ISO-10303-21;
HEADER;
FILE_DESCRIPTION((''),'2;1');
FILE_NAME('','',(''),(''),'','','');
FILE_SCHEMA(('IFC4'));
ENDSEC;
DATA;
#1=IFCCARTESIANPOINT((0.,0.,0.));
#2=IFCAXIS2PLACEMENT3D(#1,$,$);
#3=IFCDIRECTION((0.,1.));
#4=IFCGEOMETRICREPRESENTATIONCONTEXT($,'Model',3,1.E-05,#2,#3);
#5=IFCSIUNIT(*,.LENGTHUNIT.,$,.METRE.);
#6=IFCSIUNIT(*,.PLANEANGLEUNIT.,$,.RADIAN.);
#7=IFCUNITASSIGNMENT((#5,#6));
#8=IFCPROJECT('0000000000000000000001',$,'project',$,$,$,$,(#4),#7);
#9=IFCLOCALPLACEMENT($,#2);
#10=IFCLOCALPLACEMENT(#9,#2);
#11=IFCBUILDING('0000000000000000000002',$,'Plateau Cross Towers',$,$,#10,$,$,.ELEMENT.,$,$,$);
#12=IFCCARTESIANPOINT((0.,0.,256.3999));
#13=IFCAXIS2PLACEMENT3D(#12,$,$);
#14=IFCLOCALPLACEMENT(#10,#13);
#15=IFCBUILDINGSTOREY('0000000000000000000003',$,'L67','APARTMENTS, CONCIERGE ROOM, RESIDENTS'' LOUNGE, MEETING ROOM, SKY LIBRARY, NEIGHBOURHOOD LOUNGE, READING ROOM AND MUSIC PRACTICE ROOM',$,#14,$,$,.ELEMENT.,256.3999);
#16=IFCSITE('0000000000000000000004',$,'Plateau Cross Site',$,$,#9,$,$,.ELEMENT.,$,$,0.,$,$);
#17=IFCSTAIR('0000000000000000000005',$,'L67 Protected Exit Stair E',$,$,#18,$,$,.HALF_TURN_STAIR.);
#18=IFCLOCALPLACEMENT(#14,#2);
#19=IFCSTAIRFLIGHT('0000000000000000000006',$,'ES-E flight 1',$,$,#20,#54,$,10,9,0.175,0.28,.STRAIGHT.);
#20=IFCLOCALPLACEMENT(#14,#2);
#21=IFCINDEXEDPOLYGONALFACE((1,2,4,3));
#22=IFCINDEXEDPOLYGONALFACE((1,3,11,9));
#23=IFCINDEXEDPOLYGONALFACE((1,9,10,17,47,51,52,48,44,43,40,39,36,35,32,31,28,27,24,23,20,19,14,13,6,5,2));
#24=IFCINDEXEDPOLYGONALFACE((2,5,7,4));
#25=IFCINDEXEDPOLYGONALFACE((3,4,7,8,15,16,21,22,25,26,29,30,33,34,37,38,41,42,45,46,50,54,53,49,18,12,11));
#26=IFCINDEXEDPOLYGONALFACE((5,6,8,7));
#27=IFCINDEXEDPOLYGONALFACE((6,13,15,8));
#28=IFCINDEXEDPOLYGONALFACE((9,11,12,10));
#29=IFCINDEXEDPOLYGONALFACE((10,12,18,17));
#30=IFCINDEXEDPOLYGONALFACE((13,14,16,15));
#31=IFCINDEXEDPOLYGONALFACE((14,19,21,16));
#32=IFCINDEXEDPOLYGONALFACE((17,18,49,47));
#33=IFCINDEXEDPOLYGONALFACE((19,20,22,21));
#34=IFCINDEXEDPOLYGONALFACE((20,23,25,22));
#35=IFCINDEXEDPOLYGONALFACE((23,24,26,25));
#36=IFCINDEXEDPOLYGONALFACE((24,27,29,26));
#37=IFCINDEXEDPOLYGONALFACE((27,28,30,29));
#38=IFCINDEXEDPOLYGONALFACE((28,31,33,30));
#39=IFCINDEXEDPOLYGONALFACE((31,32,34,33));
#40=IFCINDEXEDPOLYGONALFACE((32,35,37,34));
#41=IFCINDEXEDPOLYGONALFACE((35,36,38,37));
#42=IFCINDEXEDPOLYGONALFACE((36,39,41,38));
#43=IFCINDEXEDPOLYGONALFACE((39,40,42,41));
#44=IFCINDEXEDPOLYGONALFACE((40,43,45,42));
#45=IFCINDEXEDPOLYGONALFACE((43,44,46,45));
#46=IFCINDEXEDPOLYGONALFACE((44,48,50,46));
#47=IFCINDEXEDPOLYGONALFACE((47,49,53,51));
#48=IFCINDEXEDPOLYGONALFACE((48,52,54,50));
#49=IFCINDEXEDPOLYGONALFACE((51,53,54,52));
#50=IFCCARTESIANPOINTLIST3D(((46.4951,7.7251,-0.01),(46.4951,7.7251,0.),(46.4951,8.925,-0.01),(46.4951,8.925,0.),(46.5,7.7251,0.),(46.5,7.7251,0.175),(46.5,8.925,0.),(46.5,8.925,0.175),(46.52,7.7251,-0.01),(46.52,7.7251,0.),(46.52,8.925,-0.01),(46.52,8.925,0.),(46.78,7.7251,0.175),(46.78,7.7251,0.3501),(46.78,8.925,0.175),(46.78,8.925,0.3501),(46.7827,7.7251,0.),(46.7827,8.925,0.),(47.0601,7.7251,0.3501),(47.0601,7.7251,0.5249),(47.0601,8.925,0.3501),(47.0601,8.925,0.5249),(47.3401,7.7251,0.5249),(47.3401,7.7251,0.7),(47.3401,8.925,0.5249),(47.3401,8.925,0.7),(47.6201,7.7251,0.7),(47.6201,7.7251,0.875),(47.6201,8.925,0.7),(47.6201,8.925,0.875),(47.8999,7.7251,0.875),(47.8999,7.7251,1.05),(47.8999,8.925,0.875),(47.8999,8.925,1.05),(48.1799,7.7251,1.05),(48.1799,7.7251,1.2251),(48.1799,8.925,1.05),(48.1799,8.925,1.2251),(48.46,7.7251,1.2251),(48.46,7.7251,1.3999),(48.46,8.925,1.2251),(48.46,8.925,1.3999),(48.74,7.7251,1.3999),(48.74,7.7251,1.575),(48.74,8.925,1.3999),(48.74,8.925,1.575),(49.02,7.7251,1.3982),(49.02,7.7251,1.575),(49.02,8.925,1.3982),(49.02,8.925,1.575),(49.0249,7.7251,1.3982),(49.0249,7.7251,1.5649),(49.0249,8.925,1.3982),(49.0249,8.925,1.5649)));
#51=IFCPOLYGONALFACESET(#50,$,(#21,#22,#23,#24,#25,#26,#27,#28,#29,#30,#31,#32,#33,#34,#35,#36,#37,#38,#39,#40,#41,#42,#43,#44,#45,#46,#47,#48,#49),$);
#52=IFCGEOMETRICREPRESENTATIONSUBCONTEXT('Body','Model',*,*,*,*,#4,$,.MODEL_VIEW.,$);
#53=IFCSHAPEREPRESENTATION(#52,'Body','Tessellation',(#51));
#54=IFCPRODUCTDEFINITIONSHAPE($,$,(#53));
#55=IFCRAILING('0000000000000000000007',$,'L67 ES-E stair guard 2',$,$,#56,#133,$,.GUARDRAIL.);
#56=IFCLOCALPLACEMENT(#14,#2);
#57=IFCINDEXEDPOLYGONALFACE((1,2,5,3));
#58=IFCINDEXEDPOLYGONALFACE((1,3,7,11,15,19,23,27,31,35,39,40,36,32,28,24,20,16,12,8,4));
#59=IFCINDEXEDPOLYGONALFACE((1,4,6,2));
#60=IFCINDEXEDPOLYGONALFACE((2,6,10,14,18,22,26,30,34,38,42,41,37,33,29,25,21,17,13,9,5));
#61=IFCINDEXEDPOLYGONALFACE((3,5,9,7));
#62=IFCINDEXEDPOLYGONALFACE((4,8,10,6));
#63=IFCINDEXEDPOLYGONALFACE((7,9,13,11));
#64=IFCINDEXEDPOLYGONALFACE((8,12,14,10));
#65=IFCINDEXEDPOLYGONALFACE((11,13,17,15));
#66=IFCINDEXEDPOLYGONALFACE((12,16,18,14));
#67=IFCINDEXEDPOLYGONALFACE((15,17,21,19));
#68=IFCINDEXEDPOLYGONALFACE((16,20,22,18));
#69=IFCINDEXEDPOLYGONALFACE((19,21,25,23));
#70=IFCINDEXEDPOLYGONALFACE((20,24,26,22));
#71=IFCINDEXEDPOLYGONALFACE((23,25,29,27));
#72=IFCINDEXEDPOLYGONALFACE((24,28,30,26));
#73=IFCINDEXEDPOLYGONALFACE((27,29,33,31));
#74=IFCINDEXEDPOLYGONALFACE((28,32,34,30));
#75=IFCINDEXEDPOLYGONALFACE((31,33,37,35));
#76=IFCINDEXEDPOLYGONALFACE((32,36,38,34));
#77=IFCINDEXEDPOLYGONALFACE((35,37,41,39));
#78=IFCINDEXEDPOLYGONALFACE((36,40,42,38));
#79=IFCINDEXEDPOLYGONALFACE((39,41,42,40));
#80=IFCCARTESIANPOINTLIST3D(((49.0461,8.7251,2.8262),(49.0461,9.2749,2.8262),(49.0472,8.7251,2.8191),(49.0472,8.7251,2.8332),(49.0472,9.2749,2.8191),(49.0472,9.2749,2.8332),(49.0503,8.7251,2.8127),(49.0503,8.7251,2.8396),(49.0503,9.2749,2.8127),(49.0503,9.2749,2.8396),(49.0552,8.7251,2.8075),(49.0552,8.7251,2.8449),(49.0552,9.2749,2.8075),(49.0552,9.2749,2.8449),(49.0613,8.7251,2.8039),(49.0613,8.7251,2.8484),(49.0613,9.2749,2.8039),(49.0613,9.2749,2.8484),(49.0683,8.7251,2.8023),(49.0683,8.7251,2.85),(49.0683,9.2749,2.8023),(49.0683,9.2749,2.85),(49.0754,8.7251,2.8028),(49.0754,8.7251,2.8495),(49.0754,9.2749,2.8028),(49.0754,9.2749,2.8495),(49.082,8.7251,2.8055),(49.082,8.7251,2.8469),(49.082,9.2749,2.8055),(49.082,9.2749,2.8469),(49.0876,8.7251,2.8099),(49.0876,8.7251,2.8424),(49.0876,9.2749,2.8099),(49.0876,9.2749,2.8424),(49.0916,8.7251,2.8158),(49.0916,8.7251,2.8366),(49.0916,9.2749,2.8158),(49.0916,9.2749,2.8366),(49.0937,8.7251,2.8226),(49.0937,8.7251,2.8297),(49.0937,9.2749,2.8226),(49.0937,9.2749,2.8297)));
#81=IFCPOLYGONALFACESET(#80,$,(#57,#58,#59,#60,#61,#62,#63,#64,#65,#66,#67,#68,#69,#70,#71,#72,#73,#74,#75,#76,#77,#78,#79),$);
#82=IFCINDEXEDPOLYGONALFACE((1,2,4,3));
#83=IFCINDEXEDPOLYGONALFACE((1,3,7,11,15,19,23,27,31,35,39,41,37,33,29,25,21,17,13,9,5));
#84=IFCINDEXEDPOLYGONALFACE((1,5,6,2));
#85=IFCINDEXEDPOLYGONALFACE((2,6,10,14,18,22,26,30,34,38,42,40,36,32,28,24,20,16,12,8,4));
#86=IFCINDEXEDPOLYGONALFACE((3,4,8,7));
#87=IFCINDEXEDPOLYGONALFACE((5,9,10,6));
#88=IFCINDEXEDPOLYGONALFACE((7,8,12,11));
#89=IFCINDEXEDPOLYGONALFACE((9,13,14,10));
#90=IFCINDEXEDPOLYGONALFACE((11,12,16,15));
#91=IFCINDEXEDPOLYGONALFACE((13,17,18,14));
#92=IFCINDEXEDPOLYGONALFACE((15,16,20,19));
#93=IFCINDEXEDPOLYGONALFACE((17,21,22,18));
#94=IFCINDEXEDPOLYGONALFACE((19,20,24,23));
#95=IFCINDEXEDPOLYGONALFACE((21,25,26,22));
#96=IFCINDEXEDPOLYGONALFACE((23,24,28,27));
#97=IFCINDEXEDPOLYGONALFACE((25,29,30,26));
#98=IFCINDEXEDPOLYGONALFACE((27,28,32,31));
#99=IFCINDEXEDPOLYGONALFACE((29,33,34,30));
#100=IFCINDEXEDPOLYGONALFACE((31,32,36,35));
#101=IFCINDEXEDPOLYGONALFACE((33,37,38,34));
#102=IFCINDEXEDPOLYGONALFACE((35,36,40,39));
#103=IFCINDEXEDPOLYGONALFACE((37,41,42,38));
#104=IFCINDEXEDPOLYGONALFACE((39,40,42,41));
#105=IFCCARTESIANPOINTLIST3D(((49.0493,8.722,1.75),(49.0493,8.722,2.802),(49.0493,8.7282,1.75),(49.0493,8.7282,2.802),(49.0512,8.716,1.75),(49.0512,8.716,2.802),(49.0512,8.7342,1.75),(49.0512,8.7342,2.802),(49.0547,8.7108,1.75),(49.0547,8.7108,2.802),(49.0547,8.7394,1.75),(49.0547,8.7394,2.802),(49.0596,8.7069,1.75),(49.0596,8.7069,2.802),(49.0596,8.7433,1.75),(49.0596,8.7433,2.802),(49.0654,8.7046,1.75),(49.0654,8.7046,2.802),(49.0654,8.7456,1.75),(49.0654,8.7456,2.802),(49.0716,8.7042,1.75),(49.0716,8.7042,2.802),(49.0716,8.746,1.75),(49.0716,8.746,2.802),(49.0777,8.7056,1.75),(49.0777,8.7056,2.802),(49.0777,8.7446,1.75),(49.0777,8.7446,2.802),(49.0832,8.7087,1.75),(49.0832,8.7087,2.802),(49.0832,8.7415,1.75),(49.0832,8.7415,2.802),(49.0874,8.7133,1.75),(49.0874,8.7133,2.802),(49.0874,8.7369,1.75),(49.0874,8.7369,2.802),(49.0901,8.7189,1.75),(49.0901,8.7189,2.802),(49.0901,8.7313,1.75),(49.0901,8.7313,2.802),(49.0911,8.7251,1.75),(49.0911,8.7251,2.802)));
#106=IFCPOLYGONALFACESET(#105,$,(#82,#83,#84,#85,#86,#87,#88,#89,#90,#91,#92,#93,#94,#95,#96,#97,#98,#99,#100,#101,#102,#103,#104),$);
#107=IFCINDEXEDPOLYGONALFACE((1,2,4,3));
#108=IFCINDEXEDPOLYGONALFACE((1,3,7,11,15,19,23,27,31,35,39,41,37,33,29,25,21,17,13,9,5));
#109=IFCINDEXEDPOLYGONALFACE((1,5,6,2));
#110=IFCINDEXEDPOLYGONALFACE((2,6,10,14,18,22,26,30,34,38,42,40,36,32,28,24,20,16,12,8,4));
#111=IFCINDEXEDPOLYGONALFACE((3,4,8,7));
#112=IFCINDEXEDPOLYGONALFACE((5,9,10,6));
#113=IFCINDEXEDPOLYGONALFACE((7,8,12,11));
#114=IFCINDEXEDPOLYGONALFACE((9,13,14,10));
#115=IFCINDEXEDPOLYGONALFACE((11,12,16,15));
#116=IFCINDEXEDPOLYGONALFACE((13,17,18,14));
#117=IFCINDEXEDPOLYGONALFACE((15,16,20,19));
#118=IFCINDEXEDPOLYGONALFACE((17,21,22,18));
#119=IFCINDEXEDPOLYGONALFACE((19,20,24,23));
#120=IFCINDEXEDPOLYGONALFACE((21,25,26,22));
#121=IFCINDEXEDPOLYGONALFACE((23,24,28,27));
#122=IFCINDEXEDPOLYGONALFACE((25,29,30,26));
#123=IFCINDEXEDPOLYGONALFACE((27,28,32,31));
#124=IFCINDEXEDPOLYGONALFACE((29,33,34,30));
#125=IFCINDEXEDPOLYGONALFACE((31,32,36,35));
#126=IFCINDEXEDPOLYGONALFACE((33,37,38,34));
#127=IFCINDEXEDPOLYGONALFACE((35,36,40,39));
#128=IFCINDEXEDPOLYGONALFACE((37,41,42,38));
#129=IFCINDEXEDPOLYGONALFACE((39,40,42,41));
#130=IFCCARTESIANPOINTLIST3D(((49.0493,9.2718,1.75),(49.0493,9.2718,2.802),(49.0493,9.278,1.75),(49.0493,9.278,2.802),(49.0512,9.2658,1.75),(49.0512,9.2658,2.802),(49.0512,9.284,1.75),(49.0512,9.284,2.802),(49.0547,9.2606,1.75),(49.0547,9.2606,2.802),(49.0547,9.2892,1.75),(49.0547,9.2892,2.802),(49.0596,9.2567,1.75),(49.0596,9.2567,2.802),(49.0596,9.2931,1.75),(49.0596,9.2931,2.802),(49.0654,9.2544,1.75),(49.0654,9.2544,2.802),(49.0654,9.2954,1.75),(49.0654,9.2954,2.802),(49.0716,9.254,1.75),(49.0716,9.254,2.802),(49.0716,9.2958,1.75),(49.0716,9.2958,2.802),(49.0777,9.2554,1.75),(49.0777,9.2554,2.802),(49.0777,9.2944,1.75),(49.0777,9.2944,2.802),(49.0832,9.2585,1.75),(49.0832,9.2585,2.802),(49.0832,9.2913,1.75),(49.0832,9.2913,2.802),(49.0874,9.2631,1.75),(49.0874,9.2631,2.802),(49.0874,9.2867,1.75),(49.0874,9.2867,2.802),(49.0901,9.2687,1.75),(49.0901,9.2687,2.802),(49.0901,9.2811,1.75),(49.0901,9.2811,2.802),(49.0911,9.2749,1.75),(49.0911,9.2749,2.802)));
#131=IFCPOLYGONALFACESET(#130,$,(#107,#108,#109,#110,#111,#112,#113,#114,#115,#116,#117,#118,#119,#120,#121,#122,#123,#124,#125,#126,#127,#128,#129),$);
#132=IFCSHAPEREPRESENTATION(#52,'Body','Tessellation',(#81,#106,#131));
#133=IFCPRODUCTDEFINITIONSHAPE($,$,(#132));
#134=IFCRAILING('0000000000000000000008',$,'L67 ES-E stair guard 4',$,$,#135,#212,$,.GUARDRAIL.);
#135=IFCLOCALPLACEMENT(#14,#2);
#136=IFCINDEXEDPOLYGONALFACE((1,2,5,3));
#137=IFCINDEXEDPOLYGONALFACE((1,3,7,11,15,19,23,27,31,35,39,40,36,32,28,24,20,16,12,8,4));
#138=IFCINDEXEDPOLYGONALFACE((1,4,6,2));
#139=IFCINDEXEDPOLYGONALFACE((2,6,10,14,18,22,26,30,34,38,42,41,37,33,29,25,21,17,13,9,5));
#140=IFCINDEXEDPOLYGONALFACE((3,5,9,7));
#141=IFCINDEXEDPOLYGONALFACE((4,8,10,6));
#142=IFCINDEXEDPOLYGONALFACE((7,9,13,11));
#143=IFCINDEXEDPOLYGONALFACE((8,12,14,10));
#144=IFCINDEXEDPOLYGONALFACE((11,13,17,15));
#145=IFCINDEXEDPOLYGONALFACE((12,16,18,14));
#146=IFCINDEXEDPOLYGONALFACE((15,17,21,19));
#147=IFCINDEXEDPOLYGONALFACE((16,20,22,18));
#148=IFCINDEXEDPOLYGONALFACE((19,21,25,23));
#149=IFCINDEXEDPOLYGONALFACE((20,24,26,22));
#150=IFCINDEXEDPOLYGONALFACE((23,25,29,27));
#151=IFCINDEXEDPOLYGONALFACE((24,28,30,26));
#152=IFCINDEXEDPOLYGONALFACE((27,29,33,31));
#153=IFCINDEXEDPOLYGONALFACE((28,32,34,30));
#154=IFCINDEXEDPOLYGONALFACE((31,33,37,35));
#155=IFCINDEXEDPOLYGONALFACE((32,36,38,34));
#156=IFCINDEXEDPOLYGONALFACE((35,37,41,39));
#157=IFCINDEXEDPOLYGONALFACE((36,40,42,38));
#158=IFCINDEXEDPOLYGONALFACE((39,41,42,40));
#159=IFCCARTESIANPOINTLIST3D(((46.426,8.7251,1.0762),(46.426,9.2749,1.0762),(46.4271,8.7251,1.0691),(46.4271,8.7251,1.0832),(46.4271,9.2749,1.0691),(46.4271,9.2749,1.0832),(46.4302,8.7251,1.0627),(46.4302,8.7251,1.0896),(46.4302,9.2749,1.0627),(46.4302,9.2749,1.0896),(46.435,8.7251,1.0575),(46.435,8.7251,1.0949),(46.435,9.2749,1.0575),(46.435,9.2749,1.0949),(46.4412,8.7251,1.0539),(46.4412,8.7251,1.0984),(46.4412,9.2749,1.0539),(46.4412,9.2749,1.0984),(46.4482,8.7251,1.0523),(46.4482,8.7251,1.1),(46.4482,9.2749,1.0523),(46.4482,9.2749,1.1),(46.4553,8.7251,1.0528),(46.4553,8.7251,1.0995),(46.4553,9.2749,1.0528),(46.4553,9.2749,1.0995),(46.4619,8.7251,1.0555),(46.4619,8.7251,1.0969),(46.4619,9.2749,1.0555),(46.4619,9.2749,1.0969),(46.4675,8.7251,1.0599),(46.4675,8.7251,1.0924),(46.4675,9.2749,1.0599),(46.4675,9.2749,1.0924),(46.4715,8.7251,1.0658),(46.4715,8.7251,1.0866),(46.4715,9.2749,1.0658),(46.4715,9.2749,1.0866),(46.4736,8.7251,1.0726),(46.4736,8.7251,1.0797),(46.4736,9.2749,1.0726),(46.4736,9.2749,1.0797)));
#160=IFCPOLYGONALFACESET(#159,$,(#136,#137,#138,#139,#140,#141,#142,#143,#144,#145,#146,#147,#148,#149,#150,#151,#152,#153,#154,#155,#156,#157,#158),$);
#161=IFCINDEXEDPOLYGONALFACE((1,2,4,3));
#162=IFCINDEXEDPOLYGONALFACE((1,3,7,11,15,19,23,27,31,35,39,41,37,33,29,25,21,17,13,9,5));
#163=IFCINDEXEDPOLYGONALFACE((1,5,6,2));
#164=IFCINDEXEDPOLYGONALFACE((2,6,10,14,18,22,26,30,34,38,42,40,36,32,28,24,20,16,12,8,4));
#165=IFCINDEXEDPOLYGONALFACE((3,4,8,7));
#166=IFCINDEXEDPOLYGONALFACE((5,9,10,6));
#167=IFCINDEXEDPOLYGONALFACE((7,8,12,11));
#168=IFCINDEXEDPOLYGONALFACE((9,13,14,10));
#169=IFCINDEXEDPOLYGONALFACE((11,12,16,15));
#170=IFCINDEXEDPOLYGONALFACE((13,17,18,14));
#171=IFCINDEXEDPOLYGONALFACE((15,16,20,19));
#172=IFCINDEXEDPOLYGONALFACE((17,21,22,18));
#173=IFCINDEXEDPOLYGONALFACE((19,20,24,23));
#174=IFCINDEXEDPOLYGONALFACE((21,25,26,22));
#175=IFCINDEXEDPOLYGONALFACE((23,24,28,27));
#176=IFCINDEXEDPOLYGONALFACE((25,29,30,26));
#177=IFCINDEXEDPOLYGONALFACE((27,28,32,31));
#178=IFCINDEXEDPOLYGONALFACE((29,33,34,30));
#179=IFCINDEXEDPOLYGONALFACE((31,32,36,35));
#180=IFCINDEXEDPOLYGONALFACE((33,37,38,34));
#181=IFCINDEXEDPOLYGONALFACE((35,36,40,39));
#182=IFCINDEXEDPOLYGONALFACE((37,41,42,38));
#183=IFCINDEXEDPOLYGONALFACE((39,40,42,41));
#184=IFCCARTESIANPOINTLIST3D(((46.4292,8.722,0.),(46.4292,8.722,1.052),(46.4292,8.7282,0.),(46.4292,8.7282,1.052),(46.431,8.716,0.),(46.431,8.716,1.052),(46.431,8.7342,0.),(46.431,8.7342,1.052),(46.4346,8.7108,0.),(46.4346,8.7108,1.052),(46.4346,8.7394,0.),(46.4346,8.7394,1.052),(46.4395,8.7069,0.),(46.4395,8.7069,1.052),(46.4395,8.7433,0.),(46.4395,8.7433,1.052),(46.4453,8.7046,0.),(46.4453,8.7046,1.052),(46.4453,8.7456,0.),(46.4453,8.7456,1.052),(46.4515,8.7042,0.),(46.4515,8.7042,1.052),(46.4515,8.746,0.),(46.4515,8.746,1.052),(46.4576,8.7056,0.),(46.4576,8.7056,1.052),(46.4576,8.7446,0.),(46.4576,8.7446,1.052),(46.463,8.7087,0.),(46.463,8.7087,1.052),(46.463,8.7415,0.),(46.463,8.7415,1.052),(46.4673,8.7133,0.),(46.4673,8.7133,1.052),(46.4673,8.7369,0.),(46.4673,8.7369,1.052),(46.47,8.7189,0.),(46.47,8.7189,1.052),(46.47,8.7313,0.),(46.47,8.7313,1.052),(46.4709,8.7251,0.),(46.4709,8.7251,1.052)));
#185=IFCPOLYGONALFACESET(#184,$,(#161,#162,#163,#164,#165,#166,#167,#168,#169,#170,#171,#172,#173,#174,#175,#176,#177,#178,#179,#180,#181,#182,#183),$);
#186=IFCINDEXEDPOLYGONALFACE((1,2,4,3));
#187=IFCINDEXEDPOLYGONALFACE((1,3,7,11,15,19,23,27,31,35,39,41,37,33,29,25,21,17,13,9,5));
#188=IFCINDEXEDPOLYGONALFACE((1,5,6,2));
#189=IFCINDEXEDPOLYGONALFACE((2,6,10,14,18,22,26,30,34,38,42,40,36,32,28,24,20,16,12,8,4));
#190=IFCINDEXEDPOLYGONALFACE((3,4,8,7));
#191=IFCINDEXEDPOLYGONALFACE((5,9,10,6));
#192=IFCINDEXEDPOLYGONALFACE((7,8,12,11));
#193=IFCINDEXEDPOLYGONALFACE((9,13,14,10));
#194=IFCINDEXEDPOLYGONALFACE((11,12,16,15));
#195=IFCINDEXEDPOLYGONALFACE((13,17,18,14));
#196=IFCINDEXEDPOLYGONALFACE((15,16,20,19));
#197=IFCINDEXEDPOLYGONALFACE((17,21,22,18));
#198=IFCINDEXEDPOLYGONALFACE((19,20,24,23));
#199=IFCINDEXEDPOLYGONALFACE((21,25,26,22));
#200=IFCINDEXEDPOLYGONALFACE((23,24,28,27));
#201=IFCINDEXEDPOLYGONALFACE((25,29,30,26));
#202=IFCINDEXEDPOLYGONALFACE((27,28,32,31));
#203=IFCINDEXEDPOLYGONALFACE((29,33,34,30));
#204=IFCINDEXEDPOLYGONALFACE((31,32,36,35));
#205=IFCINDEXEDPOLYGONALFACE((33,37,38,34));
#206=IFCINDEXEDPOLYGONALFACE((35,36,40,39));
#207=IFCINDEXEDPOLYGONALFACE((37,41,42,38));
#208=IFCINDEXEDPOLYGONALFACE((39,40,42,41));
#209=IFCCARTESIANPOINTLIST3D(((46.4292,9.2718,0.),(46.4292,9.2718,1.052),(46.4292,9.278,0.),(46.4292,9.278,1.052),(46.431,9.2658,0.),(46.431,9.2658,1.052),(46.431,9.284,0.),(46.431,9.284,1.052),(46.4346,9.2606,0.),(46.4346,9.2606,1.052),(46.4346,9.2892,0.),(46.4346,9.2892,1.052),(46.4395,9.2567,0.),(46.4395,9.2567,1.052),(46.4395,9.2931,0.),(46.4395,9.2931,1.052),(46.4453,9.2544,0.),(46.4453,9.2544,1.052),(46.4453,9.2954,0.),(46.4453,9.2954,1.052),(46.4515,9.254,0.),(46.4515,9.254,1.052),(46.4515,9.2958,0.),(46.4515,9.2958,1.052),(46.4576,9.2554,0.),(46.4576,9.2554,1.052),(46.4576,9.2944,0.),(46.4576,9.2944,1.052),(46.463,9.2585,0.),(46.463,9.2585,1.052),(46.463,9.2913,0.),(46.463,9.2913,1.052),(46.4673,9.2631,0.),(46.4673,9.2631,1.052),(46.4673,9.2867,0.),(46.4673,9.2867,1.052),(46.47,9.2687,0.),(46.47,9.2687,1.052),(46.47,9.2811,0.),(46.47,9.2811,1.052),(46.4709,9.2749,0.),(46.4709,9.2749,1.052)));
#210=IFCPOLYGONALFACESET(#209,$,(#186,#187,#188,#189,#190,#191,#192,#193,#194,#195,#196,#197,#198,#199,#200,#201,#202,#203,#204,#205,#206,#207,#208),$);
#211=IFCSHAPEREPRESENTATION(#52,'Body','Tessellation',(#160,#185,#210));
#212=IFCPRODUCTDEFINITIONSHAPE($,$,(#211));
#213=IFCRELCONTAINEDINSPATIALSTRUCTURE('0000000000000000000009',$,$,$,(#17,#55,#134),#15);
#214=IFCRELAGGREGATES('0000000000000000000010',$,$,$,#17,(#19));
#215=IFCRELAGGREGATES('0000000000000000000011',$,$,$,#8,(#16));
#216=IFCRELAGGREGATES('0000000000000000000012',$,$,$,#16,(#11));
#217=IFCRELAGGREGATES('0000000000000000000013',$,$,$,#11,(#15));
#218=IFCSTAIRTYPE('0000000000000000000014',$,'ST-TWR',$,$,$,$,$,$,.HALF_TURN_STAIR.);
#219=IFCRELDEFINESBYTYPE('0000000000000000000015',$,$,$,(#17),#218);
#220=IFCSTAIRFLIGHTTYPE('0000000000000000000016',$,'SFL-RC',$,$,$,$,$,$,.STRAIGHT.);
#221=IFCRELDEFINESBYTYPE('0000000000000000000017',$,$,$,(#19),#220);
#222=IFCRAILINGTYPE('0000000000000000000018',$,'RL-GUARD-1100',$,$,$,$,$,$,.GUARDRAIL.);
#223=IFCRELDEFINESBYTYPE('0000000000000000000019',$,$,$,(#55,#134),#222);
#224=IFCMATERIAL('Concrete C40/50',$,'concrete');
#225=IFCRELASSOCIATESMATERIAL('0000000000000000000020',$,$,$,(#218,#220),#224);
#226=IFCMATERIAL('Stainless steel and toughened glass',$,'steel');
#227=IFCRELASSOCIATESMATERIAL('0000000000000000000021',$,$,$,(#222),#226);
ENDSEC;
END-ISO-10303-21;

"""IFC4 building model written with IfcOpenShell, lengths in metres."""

from ifc_helpers import new_model, si_unit, direction, frame, origin, origin_2d, place, context, subcontext, project, spatial, polyline, circle, outline, extrude, material, type_object, element, aggregate, save


model = new_model("IFC4")

# Units and contexts
model_context = context("Model", 3, precision=1e-05, world=origin(), true_north=direction((0.0, 1.0)))
body_context = subcontext(model_context, "Body", "Model", "MODEL_VIEW")
ifc_project = project(units=[si_unit("LENGTHUNIT", "METRE"), si_unit("PLANEANGLEUNIT", "RADIAN")], contexts=[model_context])

# Site, building, storey
site_placement = place(None, origin())
site = spatial("IfcSite", under=ifc_project, at=site_placement, Name="Plateau Cross Site", CompositionType="ELEMENT", RefElevation=0.0)
building_placement = place(site_placement, origin())
building = spatial("IfcBuilding", under=site, at=building_placement, Name="Plateau Cross Towers", CompositionType="ELEMENT")
storey_placement = place(building_placement, frame((0.0, 0.0, 256.3999)))
storey = spatial("IfcBuildingStorey", under=building, at=storey_placement, Name="L67", Description="APARTMENTS, CONCIERGE ROOM, RESIDENTS' LOUNGE, MEETING ROOM, SKY LIBRARY, NEIGHBOURHOOD LOUNGE, READING ROOM AND MUSIC PRACTICE ROOM", CompositionType="ELEMENT", Elevation=256.3999)

# Stair, stair flight
ifc_material_1 = material(Name="Concrete C40/50", Category="concrete")
stair_type = type_object("IfcStairType", Name="ST-TWR", PredefinedType="HALF_TURN_STAIR", material=ifc_material_1)
stair_placement = place(storey_placement, origin())
stair = element("IfcStair", 1, at=stair_placement, inside=storey, type_object=stair_type, Name="L67 Protected Exit Stair E", PredefinedType="HALF_TURN_STAIR")
stair_flight_type = type_object("IfcStairFlightType", Name="SFL-RC", PredefinedType="STRAIGHT", material=ifc_material_1)
stair_flight_placement = place(storey_placement, frame((46.5, 8.325, 0.0), z_axis=(0.0, 0.0, 1.0), x_axis=(1.0, 0.0, 0.0)))
stair_flight = element("IfcStairFlight", 2, at=stair_flight_placement, type_object=stair_flight_type, Name="ES-E flight 1", NumberOfRisers=10, NumberOfTreads=9, PredefinedType="STRAIGHT", RiserHeight=0.175, TreadLength=0.28, context=body_context, shape_type="SweptSolid", body=[
    extrude(outline(polyline([(-0.0049, -0.01), (-0.0049, 0.0), (0.0, 0.0), (0.0, 0.175), (0.28, 0.175), (0.28, 0.3501), (0.5601, 0.3501), (0.5601, 0.5249), (0.8401, 0.5249), (0.8401, 0.7), (1.1201, 0.7), (1.1201, 0.875), (1.3999, 0.875), (1.3999, 1.05), (1.6799, 1.05), (1.6799, 1.2251), (1.96, 1.2251), (1.96, 1.3999), (2.24, 1.3999), (2.24, 1.575), (2.52, 1.575), (2.5249, 1.5649), (2.5249, 1.3982), (2.52, 1.3982), (0.2827, 0.0), (0.02, 0.0), (0.02, -0.01), (-0.0049, -0.01)])), frame((0.0, 0.6001, 0.0), z_axis=(0.0, -1.0, 0.0), x_axis=(1.0, 0.0, 0.0)), (0.0, 0.0, 1.0), 1.2),
])
aggregate(stair, [stair_flight])

# Railings
ifc_material_2 = material(Name="Stainless steel and toughened glass", Category="steel")
railing_type_1 = type_object("IfcRailingType", Name="RL-GUARD-1100", PredefinedType="GUARDRAIL", material=ifc_material_2)
for number, where, name in (
    (3, (49.0701, 8.7251, 1.75), "L67 ES-E stair guard 2"),
    (4, (46.45, 8.7251, 0.0), "L67 ES-E stair guard 4"),
):
    element("IfcRailing", number, at=place(storey_placement, frame(where)), inside=storey, type_object=railing_type_1, Name=name, PredefinedType="GUARDRAIL", context=body_context, shape_type="SweptSolid", body=[
        extrude(circle(Radius=0.0239, at=origin_2d()), frame((0.0, 0.0, 1.0762), z_axis=(0.0, 1.0, 0.0), x_axis=(-1.0, 0.0, 0.0)), (0.0, 0.0, 1.0), 0.5498),
        extrude(circle(Radius=0.021, at=origin_2d()), origin(), (0.0, 0.0, 1.0), 1.052),
        extrude(circle(Radius=0.021, at=origin_2d()), frame((0.0, 0.5498, 0.0)), (0.0, 0.0, 1.0), 1.052),
    ])

save(model, "model.ifc")
